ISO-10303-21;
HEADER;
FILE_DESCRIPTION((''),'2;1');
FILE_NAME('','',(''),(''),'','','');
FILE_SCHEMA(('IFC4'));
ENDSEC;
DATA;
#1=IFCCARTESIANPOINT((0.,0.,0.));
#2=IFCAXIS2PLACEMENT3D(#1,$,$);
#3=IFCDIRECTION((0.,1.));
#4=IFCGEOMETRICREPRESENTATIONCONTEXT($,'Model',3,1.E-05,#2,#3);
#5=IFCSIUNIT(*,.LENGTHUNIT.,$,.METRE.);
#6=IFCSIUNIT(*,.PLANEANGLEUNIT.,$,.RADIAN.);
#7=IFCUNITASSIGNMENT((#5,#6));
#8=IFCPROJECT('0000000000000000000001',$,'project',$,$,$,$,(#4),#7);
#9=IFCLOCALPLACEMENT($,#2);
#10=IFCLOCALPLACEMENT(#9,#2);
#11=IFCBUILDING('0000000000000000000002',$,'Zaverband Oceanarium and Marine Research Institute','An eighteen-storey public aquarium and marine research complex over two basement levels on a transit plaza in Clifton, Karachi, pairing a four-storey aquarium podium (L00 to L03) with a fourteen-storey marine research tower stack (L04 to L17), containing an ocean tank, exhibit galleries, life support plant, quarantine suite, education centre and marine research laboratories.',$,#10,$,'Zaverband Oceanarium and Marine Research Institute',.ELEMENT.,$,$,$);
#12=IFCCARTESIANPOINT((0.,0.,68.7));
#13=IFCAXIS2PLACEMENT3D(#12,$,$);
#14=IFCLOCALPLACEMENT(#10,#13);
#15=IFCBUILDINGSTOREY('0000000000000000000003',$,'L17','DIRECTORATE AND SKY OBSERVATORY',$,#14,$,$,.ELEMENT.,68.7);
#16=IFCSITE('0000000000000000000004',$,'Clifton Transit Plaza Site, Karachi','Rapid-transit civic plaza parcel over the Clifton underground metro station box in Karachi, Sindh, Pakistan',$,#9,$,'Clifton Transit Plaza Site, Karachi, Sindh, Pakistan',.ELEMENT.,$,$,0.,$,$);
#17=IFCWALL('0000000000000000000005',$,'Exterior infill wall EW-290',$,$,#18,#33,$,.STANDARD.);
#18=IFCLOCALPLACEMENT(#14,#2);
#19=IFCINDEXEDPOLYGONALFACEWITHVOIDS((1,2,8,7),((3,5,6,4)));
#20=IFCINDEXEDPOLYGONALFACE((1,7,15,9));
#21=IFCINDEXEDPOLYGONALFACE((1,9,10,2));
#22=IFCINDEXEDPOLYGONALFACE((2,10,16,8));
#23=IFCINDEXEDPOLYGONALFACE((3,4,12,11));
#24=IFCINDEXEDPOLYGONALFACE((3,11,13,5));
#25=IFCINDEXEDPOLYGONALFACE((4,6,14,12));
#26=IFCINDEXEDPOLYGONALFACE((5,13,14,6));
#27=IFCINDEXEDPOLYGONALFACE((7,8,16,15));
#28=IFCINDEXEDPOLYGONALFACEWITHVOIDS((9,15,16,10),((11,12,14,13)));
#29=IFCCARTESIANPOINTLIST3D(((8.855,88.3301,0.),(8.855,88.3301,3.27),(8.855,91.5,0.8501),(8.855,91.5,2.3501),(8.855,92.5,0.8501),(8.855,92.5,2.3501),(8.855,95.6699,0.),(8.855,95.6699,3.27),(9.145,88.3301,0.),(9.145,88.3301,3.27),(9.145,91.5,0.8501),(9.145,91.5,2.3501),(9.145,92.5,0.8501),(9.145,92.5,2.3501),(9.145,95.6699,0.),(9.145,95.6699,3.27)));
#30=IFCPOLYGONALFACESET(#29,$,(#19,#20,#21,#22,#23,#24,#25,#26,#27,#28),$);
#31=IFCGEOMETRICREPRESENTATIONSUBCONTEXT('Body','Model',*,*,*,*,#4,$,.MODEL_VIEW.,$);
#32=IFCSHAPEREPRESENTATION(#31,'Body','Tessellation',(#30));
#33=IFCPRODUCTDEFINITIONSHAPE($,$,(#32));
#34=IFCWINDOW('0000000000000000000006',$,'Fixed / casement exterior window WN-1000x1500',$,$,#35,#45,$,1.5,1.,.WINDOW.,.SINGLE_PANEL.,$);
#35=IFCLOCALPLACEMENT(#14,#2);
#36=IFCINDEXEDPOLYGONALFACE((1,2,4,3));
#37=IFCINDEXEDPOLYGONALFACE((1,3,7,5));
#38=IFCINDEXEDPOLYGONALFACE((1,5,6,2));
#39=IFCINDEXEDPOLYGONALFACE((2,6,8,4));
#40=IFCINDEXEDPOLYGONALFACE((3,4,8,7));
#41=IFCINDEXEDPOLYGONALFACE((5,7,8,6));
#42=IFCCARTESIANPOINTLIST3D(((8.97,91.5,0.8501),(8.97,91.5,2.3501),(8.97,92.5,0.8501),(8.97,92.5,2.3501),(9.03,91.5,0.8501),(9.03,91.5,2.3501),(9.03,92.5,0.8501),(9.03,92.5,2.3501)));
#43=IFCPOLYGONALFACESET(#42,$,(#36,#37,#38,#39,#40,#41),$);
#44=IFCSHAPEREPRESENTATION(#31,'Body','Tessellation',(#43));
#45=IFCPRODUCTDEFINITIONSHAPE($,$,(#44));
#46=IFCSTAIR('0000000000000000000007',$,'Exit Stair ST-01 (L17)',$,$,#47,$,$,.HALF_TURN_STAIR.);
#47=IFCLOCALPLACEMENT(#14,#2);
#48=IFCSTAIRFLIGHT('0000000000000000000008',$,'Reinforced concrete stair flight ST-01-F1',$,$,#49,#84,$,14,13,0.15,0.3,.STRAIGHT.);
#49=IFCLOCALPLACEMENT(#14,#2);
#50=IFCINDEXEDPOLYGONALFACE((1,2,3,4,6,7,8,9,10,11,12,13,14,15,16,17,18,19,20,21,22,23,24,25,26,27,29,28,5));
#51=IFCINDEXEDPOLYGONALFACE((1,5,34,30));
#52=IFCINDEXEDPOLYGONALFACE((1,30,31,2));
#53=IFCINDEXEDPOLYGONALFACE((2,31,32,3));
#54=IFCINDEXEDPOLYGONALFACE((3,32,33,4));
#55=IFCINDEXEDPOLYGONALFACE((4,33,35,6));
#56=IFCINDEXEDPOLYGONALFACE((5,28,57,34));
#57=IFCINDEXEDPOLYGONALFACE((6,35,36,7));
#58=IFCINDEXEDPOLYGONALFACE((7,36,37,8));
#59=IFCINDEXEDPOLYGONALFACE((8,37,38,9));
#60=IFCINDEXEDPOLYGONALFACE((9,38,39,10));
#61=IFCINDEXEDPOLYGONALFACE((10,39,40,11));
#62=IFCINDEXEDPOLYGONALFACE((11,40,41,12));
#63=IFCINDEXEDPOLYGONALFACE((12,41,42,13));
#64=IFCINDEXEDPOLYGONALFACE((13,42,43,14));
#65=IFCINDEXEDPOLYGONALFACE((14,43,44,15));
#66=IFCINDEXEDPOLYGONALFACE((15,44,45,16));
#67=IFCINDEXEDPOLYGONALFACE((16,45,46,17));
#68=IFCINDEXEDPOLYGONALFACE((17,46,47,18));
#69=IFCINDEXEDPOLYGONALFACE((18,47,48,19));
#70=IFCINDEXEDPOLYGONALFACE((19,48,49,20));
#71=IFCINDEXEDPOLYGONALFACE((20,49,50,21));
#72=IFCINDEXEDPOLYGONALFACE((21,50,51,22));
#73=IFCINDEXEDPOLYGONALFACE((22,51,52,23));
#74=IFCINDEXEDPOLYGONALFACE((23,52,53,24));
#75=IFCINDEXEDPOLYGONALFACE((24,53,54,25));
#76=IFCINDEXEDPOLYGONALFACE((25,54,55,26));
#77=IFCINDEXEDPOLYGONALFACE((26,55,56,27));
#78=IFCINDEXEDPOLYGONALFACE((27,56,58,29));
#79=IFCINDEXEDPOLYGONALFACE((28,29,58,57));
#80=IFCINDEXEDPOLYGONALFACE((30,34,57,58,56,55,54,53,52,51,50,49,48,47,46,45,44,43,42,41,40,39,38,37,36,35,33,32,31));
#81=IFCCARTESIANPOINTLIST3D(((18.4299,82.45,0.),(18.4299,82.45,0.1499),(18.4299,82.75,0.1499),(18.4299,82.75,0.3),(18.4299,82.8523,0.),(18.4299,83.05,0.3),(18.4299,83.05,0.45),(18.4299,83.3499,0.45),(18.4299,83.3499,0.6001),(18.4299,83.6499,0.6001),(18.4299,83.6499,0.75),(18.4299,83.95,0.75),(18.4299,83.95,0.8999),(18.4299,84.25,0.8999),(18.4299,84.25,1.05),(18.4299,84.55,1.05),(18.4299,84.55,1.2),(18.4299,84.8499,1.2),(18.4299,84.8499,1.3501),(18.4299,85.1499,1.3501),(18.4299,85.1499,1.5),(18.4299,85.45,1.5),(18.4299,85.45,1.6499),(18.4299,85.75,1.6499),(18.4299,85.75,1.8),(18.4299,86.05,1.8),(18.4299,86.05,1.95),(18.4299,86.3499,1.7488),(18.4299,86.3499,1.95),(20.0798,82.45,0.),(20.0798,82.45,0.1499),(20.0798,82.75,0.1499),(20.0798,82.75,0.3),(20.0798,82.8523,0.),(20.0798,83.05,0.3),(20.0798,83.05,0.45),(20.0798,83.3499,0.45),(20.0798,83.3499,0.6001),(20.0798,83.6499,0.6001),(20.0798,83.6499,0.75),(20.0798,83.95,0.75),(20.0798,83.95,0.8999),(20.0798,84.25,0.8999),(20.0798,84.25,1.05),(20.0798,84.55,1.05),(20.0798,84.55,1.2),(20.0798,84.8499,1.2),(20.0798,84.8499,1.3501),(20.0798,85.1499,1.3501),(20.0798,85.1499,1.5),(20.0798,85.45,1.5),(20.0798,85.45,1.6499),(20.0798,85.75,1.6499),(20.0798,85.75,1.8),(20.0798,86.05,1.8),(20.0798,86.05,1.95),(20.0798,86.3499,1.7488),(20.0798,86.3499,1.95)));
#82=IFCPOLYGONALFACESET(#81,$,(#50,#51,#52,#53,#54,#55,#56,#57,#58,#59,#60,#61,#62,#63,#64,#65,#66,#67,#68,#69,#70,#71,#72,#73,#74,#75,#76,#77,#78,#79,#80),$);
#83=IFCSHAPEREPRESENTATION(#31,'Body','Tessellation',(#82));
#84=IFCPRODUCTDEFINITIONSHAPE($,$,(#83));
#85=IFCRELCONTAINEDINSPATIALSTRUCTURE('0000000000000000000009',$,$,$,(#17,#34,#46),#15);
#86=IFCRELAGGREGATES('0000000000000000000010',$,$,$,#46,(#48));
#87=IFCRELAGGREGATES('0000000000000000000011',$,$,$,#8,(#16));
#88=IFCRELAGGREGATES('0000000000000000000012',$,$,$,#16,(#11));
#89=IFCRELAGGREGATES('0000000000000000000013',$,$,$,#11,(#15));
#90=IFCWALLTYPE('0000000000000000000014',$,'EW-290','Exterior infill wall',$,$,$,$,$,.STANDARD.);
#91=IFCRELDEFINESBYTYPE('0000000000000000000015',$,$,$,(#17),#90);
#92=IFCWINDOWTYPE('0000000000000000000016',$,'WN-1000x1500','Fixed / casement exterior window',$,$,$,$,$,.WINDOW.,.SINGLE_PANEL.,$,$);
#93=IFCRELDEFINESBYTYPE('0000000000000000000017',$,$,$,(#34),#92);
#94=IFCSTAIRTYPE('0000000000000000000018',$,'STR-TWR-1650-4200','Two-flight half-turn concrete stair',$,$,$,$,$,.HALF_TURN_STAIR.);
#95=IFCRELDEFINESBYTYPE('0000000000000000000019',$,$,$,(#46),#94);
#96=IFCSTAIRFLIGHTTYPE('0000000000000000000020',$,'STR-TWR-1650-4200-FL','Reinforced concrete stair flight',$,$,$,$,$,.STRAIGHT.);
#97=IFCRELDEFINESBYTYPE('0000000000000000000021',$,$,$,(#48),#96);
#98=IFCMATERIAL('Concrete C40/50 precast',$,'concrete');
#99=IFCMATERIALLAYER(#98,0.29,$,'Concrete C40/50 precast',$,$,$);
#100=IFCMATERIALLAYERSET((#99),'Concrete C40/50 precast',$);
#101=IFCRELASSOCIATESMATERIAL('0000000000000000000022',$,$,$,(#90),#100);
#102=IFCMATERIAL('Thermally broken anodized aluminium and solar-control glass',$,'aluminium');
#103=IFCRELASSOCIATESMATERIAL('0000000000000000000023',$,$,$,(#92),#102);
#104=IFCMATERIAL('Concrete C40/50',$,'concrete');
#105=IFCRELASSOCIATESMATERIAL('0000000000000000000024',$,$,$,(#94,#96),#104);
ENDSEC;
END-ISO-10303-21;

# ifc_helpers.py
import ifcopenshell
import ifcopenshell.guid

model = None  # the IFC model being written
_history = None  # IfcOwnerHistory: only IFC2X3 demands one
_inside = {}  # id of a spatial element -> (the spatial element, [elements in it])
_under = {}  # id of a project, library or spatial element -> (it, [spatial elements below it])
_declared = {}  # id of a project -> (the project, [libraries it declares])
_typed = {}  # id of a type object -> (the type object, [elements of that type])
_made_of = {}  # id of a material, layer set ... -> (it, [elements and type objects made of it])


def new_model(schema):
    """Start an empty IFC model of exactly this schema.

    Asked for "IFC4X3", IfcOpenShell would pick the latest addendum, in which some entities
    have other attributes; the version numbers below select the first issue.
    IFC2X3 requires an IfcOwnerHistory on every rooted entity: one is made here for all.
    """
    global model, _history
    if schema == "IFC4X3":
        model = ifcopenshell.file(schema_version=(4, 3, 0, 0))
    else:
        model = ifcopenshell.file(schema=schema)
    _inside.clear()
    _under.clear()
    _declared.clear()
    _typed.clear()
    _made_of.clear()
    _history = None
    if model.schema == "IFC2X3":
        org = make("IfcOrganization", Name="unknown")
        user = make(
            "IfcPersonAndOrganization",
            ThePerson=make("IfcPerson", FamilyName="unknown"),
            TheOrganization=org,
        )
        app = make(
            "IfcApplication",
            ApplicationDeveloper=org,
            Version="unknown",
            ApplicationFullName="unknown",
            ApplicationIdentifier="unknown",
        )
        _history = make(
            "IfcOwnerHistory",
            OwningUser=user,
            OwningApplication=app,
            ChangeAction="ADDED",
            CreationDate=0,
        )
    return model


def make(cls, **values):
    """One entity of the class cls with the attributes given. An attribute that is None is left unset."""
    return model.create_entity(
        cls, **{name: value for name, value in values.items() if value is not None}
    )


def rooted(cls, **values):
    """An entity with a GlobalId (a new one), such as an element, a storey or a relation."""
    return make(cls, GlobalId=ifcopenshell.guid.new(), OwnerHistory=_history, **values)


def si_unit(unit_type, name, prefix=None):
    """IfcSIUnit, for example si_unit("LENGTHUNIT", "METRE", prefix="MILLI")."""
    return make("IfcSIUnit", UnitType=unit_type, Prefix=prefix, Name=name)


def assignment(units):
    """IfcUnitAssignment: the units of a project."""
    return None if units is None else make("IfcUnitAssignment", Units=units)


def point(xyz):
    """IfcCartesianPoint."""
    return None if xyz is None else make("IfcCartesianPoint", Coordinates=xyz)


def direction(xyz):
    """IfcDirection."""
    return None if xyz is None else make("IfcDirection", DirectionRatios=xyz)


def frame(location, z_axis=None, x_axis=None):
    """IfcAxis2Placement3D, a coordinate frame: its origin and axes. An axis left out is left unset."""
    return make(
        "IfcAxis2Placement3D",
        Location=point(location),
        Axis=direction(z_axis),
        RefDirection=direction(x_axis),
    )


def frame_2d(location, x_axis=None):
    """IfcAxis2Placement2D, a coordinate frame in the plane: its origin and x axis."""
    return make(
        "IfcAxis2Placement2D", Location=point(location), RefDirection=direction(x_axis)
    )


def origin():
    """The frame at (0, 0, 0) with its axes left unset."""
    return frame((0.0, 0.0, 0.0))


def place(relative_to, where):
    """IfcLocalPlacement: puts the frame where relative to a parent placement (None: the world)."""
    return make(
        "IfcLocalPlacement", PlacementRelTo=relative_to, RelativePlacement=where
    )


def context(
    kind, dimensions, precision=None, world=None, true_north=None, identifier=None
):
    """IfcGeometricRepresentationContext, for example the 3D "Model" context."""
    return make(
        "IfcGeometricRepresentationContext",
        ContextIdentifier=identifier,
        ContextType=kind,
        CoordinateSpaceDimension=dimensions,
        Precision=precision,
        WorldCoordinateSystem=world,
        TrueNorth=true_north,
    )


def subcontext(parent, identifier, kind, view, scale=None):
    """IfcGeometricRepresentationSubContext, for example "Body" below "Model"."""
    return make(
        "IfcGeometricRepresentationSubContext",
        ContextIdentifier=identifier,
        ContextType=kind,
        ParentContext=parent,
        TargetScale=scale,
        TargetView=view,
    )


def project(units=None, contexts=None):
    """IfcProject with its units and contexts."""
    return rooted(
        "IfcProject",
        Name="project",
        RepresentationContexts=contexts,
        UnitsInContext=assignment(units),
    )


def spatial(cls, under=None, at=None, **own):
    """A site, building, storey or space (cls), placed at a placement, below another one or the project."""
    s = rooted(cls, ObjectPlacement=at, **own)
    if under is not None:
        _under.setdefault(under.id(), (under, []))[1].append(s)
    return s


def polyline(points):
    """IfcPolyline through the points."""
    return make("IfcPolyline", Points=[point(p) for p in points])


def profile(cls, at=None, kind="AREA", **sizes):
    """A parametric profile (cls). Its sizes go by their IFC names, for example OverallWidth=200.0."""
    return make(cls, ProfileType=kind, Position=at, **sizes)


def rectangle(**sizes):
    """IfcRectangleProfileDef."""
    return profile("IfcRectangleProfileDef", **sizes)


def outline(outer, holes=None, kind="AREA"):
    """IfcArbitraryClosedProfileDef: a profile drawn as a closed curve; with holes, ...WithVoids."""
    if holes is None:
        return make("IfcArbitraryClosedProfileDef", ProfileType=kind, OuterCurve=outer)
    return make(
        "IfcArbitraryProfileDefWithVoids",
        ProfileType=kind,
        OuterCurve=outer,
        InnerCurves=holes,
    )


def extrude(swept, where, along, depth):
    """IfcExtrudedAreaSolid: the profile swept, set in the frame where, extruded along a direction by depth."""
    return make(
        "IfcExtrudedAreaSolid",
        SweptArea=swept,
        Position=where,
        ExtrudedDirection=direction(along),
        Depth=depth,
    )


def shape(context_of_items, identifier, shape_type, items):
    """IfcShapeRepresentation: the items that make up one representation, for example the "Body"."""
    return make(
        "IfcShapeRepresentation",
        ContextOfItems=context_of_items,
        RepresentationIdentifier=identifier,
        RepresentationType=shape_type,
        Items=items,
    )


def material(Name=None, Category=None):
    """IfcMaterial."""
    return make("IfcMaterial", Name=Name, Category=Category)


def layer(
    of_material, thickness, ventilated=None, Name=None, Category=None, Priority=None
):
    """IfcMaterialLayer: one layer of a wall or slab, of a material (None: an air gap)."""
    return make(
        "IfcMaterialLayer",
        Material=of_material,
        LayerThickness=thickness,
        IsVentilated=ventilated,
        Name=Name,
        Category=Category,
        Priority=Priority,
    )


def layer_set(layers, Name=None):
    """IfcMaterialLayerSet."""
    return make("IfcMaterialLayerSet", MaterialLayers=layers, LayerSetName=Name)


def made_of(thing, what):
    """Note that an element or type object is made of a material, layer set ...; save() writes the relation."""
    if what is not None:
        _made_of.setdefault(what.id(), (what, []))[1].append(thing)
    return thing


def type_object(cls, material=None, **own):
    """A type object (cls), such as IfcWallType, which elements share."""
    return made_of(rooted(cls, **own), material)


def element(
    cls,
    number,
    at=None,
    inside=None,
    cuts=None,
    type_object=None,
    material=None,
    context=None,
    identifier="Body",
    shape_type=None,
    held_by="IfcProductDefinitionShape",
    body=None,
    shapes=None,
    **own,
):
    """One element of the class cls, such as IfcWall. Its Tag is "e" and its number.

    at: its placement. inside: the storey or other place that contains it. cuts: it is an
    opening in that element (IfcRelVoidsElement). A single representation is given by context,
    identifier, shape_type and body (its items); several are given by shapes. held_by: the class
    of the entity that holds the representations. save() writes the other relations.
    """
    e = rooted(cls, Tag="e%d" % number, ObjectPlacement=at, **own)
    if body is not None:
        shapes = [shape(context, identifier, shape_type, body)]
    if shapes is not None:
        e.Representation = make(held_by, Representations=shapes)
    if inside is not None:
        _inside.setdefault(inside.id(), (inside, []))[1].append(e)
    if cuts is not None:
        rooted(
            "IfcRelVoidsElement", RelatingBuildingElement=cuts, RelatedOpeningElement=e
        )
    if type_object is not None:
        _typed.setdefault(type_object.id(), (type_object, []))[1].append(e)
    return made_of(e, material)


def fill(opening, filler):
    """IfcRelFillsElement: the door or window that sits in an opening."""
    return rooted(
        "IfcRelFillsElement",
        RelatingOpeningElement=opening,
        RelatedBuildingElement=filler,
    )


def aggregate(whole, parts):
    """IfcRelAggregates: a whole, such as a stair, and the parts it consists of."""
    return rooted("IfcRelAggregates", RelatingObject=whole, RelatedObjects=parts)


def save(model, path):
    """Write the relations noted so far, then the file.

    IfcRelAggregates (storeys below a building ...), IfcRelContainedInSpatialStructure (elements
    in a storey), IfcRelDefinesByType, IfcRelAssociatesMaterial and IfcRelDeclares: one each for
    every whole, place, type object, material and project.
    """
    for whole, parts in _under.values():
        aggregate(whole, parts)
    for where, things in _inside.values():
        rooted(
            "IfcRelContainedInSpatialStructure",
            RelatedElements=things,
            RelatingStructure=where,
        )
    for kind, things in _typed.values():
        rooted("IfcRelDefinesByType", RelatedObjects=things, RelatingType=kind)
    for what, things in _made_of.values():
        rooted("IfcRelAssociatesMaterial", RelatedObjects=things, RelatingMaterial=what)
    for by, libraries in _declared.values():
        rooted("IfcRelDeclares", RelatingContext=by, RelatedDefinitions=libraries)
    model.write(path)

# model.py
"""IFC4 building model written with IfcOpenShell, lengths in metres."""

from ifc_helpers import new_model, si_unit, direction, frame, frame_2d, origin, place, context, subcontext, project, spatial, polyline, rectangle, outline, extrude, material, layer, layer_set, type_object, element, fill, aggregate, save


model = new_model("IFC4")

# Units and contexts
model_context = context("Model", 3, precision=1e-05, world=origin(), true_north=direction((0.0, 1.0)))
body_context = subcontext(model_context, "Body", "Model", "MODEL_VIEW")
ifc_project = project(units=[si_unit("LENGTHUNIT", "METRE"), si_unit("PLANEANGLEUNIT", "RADIAN")], contexts=[model_context])

# Site, building, storey
site_placement = place(None, origin())
site = spatial("IfcSite", under=ifc_project, at=site_placement, Name="Clifton Transit Plaza Site, Karachi", Description="Rapid-transit civic plaza parcel over the Clifton underground metro station box in Karachi, Sindh, Pakistan", LongName="Clifton Transit Plaza Site, Karachi, Sindh, Pakistan", CompositionType="ELEMENT", RefElevation=0.0)
building_placement = place(site_placement, origin())
building = spatial("IfcBuilding", under=site, at=building_placement, Name="Zaverband Oceanarium and Marine Research Institute", Description="An eighteen-storey public aquarium and marine research complex over two basement levels on a transit plaza in Clifton, Karachi, pairing a four-storey aquarium podium (L00 to L03) with a fourteen-storey marine research tower stack (L04 to L17), containing an ocean tank, exhibit galleries, life support plant, quarantine suite, education centre and marine research laboratories.", LongName="Zaverband Oceanarium and Marine Research Institute", CompositionType="ELEMENT")
storey_placement = place(building_placement, frame((0.0, 0.0, 68.7)))
storey = spatial("IfcBuildingStorey", under=building, at=storey_placement, Name="L17", Description="DIRECTORATE AND SKY OBSERVATORY", CompositionType="ELEMENT", Elevation=68.7)

# Shared definitions
ifc_material_1 = material(Name="Concrete C40/50", Category="concrete")

# Shared definitions
ifc_material_2 = material(Name="Concrete C40/50 precast", Category="concrete")
ifc_layer_1 = layer(ifc_material_2, 0.29, Name="Concrete C40/50 precast")
ifc_layer_set_1 = layer_set([ifc_layer_1], Name="Concrete C40/50 precast")
wall_type_1 = type_object("IfcWallType", Name="EW-290", Description="Exterior infill wall", PredefinedType="STANDARD", material=ifc_layer_set_1)

# Wall, opening, window
wall_1_placement = place(storey_placement, frame((9.0, 88.3301, 0.0), z_axis=(0.0, 0.0, 1.0), x_axis=(0.0, 1.0, 0.0)))
wall_1 = element("IfcWall", 1, at=wall_1_placement, inside=storey, type_object=wall_type_1, Name="Exterior infill wall EW-290", PredefinedType="STANDARD", context=body_context, shape_type="SweptSolid", body=[
    extrude(rectangle(XDim=7.3398, YDim=0.29, at=frame_2d((3.6699, 0.0))), origin(), (0.0, 0.0, 1.0), 3.27),
])
opening_1_placement = place(wall_1_placement, frame((3.1699, 0.0, 0.8501)))
opening_1 = element("IfcOpeningElement", 2, at=opening_1_placement, cuts=wall_1, PredefinedType="OPENING", context=body_context, shape_type="SweptSolid", body=[
    extrude(rectangle(XDim=1.0, YDim=1.5, at=frame_2d((0.5, 0.75))), frame((0.0, 0.157, 0.0), z_axis=(0.0, -1.0, 0.0), x_axis=(1.0, 0.0, 0.0)), (0.0, 0.0, 1.0), 0.314),
])
ifc_material_3 = material(Name="Thermally broken anodized aluminium and solar-control glass", Category="aluminium")
window_type = type_object("IfcWindowType", Name="WN-1000x1500", Description="Fixed / casement exterior window", PartitioningType="SINGLE_PANEL", PredefinedType="WINDOW", material=ifc_material_3)
window_placement = place(opening_1_placement, origin())
window = element("IfcWindow", 3, at=window_placement, inside=storey, type_object=window_type, Name="Fixed / casement exterior window WN-1000x1500", OverallHeight=1.5, OverallWidth=1.0, PartitioningType="SINGLE_PANEL", PredefinedType="WINDOW", context=body_context, shape_type="SweptSolid", body=[
    extrude(rectangle(XDim=1.0, YDim=1.5, at=frame_2d((0.5, 0.75))), frame((0.0, 0.03, 0.0), z_axis=(0.0, -1.0, 0.0), x_axis=(1.0, 0.0, 0.0)), (0.0, 0.0, 1.0), 0.0601),
])
fill(opening_1, window)

# Stair, stair flight
stair_type = type_object("IfcStairType", Name="STR-TWR-1650-4200", Description="Two-flight half-turn concrete stair", PredefinedType="HALF_TURN_STAIR", material=ifc_material_1)
stair_placement = place(storey_placement, origin())
stair = element("IfcStair", 4, at=stair_placement, inside=storey, type_object=stair_type, Name="Exit Stair ST-01 (L17)", PredefinedType="HALF_TURN_STAIR")
stair_flight_type = type_object("IfcStairFlightType", Name="STR-TWR-1650-4200-FL", Description="Reinforced concrete stair flight", PredefinedType="STRAIGHT", material=ifc_material_1)
stair_flight_placement = place(storey_placement, frame((19.2549, 82.45, 0.0), z_axis=(0.0, 0.0, 1.0), x_axis=(0.0, 1.0, 0.0)))
stair_flight = element("IfcStairFlight", 5, at=stair_flight_placement, type_object=stair_flight_type, Name="Reinforced concrete stair flight ST-01-F1", NumberOfRisers=14, NumberOfTreads=13, PredefinedType="STRAIGHT", RiserHeight=0.15, TreadLength=0.3, context=body_context, shape_type="SweptSolid", body=[
    extrude(outline(polyline([(0.0, 0.0), (0.0, 0.1499), (0.3, 0.1499), (0.3, 0.3), (0.6001, 0.3), (0.6001, 0.45), (0.8999, 0.45), (0.8999, 0.6001), (1.2, 0.6001), (1.2, 0.75), (1.5, 0.75), (1.5, 0.8999), (1.8, 0.8999), (1.8, 1.05), (2.1001, 1.05), (2.1001, 1.2), (2.3999, 1.2), (2.3999, 1.3501), (2.7, 1.3501), (2.7, 1.5), (3.0, 1.5), (3.0, 1.6499), (3.3, 1.6499), (3.3, 1.8), (3.6001, 1.8), (3.6001, 1.95), (3.8999, 1.95), (3.8999, 2.1001), (3.8999, 1.7488), (0.4023, 0.0), (0.0, 0.0)])), frame((0.0, 0.825, 0.0), z_axis=(0.0, -1.0, 0.0), x_axis=(1.0, 0.0, 0.0)), (0.0, 0.0, 1.0), 1.6499),
])
aggregate(stair, [stair_flight])

save(model, "model.ifc")
